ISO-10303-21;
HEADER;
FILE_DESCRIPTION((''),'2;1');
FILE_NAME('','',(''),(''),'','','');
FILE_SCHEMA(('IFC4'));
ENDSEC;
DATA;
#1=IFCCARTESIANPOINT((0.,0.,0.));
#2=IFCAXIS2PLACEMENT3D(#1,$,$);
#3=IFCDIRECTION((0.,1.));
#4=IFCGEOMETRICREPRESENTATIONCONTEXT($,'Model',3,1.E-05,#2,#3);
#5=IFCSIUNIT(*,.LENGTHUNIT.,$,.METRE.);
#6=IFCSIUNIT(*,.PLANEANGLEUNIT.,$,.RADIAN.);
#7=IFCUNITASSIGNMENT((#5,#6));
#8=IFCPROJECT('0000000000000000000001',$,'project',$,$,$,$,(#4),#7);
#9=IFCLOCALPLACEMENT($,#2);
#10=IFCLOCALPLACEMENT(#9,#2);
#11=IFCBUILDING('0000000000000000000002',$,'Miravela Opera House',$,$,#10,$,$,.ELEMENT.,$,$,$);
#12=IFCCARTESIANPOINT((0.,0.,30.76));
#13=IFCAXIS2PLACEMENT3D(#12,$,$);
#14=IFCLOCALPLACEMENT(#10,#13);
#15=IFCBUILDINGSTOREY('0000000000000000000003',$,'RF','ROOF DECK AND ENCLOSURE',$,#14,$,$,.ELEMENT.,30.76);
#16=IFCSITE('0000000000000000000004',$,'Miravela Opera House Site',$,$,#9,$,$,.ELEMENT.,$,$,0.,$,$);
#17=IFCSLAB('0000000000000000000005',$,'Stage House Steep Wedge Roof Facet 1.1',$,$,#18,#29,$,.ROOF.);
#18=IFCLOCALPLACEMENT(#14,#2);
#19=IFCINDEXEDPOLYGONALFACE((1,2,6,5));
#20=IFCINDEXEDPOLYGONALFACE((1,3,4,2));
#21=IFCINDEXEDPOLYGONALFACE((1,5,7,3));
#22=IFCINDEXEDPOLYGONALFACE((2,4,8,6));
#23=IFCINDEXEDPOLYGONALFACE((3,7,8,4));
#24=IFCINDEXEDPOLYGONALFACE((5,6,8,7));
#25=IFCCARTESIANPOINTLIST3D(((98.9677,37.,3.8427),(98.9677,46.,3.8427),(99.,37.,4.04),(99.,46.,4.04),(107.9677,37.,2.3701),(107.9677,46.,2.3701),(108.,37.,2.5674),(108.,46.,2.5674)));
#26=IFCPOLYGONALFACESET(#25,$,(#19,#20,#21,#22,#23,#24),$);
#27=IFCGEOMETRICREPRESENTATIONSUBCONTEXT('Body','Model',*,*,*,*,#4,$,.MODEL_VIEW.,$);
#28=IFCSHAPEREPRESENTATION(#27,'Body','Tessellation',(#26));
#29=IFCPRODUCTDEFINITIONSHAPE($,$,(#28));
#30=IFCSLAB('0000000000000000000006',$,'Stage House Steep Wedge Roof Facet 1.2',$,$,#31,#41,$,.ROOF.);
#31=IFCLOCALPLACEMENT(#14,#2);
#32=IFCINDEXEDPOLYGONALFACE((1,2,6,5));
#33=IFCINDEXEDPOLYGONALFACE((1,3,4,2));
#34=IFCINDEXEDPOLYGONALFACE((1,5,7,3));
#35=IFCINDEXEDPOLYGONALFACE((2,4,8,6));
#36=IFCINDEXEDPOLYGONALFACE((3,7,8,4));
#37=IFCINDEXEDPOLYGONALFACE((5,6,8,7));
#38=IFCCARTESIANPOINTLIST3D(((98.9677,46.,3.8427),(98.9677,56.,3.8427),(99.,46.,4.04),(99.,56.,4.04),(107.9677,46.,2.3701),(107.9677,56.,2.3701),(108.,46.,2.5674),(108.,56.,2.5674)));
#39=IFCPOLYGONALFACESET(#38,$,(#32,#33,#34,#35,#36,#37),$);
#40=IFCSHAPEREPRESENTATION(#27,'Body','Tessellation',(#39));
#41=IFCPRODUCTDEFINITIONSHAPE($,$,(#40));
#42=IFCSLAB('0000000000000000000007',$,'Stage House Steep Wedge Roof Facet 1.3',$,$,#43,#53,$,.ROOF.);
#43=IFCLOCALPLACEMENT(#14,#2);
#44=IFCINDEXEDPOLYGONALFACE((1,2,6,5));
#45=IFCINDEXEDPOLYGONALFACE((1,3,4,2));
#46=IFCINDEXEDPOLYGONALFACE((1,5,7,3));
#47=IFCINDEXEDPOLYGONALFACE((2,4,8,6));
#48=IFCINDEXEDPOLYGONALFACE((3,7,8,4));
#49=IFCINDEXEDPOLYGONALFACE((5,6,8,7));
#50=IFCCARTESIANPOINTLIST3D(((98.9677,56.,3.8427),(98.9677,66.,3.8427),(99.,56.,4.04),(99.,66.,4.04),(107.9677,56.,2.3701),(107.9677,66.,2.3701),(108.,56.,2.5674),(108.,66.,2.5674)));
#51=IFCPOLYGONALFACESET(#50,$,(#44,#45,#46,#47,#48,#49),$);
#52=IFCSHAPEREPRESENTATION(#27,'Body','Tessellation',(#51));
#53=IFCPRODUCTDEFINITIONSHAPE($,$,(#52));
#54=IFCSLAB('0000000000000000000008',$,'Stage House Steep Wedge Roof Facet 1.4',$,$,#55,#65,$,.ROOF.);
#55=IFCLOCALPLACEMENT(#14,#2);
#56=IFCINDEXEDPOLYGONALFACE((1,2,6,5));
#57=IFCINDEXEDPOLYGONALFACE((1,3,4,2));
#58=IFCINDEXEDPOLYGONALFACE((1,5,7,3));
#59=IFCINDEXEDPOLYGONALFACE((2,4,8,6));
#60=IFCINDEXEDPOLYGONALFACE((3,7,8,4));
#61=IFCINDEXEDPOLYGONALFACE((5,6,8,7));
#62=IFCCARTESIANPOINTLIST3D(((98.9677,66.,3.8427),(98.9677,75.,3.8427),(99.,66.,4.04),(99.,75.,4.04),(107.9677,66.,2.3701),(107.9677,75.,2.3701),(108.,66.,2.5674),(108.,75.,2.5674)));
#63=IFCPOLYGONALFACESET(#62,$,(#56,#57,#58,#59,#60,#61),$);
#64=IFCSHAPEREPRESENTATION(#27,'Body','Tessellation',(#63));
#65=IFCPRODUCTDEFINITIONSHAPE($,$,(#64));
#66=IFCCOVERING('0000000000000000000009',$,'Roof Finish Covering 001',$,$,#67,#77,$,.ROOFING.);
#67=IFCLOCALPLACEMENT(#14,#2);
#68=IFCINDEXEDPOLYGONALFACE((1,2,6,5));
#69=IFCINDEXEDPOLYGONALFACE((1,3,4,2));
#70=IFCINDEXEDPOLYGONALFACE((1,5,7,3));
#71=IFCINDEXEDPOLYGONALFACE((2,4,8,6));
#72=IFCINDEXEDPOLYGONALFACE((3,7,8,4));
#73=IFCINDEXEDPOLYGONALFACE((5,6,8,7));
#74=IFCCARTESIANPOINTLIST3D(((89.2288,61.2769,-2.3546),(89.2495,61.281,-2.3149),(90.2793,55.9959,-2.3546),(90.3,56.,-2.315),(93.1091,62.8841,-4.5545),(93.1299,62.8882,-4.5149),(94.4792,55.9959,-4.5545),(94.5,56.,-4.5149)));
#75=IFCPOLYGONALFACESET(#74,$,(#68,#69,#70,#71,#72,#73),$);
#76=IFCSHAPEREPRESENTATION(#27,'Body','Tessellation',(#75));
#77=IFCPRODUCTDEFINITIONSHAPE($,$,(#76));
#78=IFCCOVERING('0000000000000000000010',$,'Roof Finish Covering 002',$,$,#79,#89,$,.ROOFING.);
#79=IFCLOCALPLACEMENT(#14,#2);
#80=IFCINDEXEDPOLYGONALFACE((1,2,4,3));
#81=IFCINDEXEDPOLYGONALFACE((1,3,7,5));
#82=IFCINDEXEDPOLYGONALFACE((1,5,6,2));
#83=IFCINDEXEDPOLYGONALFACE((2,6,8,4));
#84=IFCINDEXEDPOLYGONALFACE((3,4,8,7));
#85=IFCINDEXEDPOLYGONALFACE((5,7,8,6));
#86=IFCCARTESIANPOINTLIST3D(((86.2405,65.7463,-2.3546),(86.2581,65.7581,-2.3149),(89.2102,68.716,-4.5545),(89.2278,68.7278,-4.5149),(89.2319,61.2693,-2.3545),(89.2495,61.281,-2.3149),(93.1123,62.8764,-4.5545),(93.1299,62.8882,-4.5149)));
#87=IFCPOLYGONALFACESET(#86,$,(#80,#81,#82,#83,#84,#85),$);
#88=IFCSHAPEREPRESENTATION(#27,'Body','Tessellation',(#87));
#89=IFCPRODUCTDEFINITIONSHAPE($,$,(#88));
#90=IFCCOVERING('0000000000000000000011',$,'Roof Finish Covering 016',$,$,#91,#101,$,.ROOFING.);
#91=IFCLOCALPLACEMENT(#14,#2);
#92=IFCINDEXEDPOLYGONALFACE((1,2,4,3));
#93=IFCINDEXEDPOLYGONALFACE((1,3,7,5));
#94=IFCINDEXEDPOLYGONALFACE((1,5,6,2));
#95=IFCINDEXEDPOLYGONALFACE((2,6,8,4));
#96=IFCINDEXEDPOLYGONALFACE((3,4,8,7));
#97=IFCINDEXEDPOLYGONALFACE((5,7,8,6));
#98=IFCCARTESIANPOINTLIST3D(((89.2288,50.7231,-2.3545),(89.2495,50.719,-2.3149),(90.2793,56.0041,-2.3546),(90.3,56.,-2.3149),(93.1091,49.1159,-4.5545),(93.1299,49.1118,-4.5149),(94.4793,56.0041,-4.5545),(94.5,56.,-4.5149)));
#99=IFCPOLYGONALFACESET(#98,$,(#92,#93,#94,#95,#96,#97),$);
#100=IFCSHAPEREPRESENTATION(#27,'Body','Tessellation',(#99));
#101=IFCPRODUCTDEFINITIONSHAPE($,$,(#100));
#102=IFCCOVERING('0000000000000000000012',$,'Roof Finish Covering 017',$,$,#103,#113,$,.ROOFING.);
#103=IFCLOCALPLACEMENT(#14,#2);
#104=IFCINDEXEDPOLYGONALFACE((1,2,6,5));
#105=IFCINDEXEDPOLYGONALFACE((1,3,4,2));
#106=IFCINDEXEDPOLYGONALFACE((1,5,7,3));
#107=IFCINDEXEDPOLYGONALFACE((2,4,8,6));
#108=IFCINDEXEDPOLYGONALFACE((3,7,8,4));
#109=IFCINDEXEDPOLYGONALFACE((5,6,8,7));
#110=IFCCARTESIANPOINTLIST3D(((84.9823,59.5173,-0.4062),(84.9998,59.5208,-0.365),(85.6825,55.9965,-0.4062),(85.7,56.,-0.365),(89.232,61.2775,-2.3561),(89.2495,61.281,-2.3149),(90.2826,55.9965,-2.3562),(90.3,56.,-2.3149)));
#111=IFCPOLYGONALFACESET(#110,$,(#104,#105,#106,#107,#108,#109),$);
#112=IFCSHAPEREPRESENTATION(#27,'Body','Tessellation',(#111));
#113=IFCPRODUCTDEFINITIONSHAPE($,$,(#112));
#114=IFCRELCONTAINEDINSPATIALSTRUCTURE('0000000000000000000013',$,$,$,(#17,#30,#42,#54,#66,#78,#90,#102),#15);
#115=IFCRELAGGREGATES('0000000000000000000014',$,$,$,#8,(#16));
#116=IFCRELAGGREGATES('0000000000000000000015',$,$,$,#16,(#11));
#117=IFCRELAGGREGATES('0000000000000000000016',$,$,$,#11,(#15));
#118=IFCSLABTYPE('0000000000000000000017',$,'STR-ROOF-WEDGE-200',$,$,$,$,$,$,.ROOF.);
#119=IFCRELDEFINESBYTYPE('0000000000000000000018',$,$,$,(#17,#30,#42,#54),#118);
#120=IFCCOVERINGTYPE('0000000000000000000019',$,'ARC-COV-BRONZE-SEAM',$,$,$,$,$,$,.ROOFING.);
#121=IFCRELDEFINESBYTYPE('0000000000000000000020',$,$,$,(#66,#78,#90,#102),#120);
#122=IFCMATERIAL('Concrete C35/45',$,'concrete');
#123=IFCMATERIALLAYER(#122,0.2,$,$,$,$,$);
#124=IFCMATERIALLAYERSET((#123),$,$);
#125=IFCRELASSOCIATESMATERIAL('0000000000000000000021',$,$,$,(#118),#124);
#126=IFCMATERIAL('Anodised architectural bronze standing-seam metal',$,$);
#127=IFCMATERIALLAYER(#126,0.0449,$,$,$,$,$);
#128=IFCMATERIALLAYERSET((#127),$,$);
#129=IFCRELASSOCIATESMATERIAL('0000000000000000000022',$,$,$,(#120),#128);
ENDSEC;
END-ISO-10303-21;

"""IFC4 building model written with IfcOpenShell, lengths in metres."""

from ifc_helpers import new_model, si_unit, direction, frame, origin, place, context, subcontext, project, spatial, polyline, outline, extrude, material, layer, layer_set, type_object, element, save


model = new_model("IFC4")

# Units and contexts
model_context = context("Model", 3, precision=1e-05, world=origin(), true_north=direction((0.0, 1.0)))
body_context = subcontext(model_context, "Body", "Model", "MODEL_VIEW")
ifc_project = project(units=[si_unit("LENGTHUNIT", "METRE"), si_unit("PLANEANGLEUNIT", "RADIAN")], contexts=[model_context])

# Site, building, storey
site_placement = place(None, origin())
site = spatial("IfcSite", under=ifc_project, at=site_placement, Name="Miravela Opera House Site", CompositionType="ELEMENT", RefElevation=0.0)
building_placement = place(site_placement, origin())
building = spatial("IfcBuilding", under=site, at=building_placement, Name="Miravela Opera House", CompositionType="ELEMENT")
storey_placement = place(building_placement, frame((0.0, 0.0, 30.76)))
storey = spatial("IfcBuildingStorey", under=building, at=storey_placement, Name="RF", Description="ROOF DECK AND ENCLOSURE", CompositionType="ELEMENT", Elevation=30.76)

# Shared definitions
ifc_material_1 = material(Name="Concrete C35/45", Category="concrete")

# Slabs
ifc_layer_1 = layer(ifc_material_1, 0.2)
ifc_layer_set_1 = layer_set([ifc_layer_1])
slab_type_1 = type_object("IfcSlabType", Name="STR-ROOF-WEDGE-200", PredefinedType="ROOF", material=ifc_layer_set_1)
slab_1_placement = place(storey_placement, frame((99.0, 37.0, 4.04), z_axis=(0.161481, 0.0, 0.986876), x_axis=(0.986876, 0.0, -0.161481)))
element("IfcSlab", 1, at=slab_1_placement, inside=storey, type_object=slab_type_1, Name="Stage House Steep Wedge Roof Facet 1.1", PredefinedType="ROOF", context=body_context, shape_type="SweptSolid", body=[
    extrude(outline(polyline([(0.0, 0.0), (9.1197, 0.0), (9.1197, 9.0), (0.0, 9.0), (0.0, 0.0)])), origin(), (0.0, 0.0, -1.0), 0.2),
])
for number, where, z_axis, x_axis, name in (
    (2, (99.0, 46.0, 4.04), (0.161481, 0.0, 0.986876), (0.986876, 0.0, -0.161481), "Stage House Steep Wedge Roof Facet 1.2"),
    (3, (99.0, 56.0, 4.04), (0.161481, 0.0, 0.986876), (0.986876, 0.0, -0.161481), "Stage House Steep Wedge Roof Facet 1.3"),
):
    element("IfcSlab", number, at=place(storey_placement, frame(where, z_axis=z_axis, x_axis=x_axis)), inside=storey, type_object=slab_type_1, Name=name, PredefinedType="ROOF", context=body_context, shape_type="SweptSolid", body=[
        extrude(outline(polyline([(0.0, 0.0), (9.1197, 0.0), (9.1197, 10.0), (0.0, 10.0), (0.0, 0.0)])), origin(), (0.0, 0.0, -1.0), 0.2),
    ])
slab_2_placement = place(storey_placement, frame((99.0, 66.0, 4.04), z_axis=(0.161481, 0.0, 0.986876), x_axis=(0.986876, 0.0, -0.161481)))
element("IfcSlab", 4, at=slab_2_placement, inside=storey, type_object=slab_type_1, Name="Stage House Steep Wedge Roof Facet 1.4", PredefinedType="ROOF", context=body_context, shape_type="SweptSolid", body=[
    extrude(outline(polyline([(0.0, 0.0), (9.1197, 0.0), (9.1197, 9.0), (0.0, 9.0), (0.0, 0.0)])), origin(), (0.0, 0.0, -1.0), 0.2),
])

# Coverings
ifc_material_2 = material(Name="Anodised architectural bronze standing-seam metal")
ifc_layer_2 = layer(ifc_material_2, 0.0449)
ifc_layer_set_2 = layer_set([ifc_layer_2])
covering_type = type_object("IfcCoveringType", Name="ARC-COV-BRONZE-SEAM", PredefinedType="ROOFING", material=ifc_layer_set_2)
covering_1_placement = place(storey_placement, frame((94.5, 56.0, -4.5149), z_axis=(0.462034, 0.091906, 0.882087), x_axis=(-0.195088, 0.980786, -0.000003)))
element("IfcCovering", 5, at=covering_1_placement, inside=storey, type_object=covering_type, Name="Roof Finish Covering 001", PredefinedType="ROOFING", context=body_context, shape_type="SweptSolid", body=[
    extrude(outline(polyline([(0.0, 0.0), (7.0231, 0.0), (6.2038, 4.67), (0.8194, 4.6699), (0.0, 0.0)])), origin(), (0.0, 0.0, -1.0), 0.0449),
])
covering_2_placement = place(storey_placement, frame((93.1299, 62.8882, -4.5149), z_axis=(0.391697, 0.261731, 0.882083), x_axis=(-0.555588, 0.831458, 0.000005)))
element("IfcCovering", 6, at=covering_2_placement, inside=storey, type_object=covering_type, Name="Roof Finish Covering 002", PredefinedType="ROOFING", context=body_context, shape_type="SweptSolid", body=[
    extrude(outline(polyline([(0.0, 0.0), (7.0233, 0.0), (6.2041, 4.6698), (0.8196, 4.6699), (0.0, 0.0)])), origin(), (0.0, 0.0, -1.0), 0.0449),
])
covering_3_placement = place(storey_placement, frame((93.1299, 49.1118, -4.5149), z_axis=(0.462034, -0.091906, 0.882087), x_axis=(0.195088, 0.980786, 0.000003)))
element("IfcCovering", 7, at=covering_3_placement, inside=storey, type_object=covering_type, Name="Roof Finish Covering 016", PredefinedType="ROOFING", context=body_context, shape_type="SweptSolid", body=[
    extrude(outline(polyline([(0.0, 0.0), (7.0231, 0.0), (6.2038, 4.6699), (0.8193, 4.67), (0.0, 0.0)])), origin(), (0.0, 0.0, -1.0), 0.0449),
])
covering_4_placement = place(storey_placement, frame((90.3, 56.0, -2.3149), z_axis=(0.389115, 0.077398, 0.917932), x_axis=(-0.195102, 0.980783, 0.000007)))
element("IfcCovering", 8, at=covering_4_placement, inside=storey, type_object=covering_type, Name="Roof Finish Covering 017", PredefinedType="ROOFING", context=body_context, shape_type="SweptSolid", body=[
    extrude(outline(polyline([(0.0, 0.0), (5.3845, 0.0), (4.4872, 4.9149), (0.8975, 4.915), (0.0, 0.0)])), origin(), (0.0, 0.0, -1.0), 0.0449),
])

save(model, "model.ifc")
